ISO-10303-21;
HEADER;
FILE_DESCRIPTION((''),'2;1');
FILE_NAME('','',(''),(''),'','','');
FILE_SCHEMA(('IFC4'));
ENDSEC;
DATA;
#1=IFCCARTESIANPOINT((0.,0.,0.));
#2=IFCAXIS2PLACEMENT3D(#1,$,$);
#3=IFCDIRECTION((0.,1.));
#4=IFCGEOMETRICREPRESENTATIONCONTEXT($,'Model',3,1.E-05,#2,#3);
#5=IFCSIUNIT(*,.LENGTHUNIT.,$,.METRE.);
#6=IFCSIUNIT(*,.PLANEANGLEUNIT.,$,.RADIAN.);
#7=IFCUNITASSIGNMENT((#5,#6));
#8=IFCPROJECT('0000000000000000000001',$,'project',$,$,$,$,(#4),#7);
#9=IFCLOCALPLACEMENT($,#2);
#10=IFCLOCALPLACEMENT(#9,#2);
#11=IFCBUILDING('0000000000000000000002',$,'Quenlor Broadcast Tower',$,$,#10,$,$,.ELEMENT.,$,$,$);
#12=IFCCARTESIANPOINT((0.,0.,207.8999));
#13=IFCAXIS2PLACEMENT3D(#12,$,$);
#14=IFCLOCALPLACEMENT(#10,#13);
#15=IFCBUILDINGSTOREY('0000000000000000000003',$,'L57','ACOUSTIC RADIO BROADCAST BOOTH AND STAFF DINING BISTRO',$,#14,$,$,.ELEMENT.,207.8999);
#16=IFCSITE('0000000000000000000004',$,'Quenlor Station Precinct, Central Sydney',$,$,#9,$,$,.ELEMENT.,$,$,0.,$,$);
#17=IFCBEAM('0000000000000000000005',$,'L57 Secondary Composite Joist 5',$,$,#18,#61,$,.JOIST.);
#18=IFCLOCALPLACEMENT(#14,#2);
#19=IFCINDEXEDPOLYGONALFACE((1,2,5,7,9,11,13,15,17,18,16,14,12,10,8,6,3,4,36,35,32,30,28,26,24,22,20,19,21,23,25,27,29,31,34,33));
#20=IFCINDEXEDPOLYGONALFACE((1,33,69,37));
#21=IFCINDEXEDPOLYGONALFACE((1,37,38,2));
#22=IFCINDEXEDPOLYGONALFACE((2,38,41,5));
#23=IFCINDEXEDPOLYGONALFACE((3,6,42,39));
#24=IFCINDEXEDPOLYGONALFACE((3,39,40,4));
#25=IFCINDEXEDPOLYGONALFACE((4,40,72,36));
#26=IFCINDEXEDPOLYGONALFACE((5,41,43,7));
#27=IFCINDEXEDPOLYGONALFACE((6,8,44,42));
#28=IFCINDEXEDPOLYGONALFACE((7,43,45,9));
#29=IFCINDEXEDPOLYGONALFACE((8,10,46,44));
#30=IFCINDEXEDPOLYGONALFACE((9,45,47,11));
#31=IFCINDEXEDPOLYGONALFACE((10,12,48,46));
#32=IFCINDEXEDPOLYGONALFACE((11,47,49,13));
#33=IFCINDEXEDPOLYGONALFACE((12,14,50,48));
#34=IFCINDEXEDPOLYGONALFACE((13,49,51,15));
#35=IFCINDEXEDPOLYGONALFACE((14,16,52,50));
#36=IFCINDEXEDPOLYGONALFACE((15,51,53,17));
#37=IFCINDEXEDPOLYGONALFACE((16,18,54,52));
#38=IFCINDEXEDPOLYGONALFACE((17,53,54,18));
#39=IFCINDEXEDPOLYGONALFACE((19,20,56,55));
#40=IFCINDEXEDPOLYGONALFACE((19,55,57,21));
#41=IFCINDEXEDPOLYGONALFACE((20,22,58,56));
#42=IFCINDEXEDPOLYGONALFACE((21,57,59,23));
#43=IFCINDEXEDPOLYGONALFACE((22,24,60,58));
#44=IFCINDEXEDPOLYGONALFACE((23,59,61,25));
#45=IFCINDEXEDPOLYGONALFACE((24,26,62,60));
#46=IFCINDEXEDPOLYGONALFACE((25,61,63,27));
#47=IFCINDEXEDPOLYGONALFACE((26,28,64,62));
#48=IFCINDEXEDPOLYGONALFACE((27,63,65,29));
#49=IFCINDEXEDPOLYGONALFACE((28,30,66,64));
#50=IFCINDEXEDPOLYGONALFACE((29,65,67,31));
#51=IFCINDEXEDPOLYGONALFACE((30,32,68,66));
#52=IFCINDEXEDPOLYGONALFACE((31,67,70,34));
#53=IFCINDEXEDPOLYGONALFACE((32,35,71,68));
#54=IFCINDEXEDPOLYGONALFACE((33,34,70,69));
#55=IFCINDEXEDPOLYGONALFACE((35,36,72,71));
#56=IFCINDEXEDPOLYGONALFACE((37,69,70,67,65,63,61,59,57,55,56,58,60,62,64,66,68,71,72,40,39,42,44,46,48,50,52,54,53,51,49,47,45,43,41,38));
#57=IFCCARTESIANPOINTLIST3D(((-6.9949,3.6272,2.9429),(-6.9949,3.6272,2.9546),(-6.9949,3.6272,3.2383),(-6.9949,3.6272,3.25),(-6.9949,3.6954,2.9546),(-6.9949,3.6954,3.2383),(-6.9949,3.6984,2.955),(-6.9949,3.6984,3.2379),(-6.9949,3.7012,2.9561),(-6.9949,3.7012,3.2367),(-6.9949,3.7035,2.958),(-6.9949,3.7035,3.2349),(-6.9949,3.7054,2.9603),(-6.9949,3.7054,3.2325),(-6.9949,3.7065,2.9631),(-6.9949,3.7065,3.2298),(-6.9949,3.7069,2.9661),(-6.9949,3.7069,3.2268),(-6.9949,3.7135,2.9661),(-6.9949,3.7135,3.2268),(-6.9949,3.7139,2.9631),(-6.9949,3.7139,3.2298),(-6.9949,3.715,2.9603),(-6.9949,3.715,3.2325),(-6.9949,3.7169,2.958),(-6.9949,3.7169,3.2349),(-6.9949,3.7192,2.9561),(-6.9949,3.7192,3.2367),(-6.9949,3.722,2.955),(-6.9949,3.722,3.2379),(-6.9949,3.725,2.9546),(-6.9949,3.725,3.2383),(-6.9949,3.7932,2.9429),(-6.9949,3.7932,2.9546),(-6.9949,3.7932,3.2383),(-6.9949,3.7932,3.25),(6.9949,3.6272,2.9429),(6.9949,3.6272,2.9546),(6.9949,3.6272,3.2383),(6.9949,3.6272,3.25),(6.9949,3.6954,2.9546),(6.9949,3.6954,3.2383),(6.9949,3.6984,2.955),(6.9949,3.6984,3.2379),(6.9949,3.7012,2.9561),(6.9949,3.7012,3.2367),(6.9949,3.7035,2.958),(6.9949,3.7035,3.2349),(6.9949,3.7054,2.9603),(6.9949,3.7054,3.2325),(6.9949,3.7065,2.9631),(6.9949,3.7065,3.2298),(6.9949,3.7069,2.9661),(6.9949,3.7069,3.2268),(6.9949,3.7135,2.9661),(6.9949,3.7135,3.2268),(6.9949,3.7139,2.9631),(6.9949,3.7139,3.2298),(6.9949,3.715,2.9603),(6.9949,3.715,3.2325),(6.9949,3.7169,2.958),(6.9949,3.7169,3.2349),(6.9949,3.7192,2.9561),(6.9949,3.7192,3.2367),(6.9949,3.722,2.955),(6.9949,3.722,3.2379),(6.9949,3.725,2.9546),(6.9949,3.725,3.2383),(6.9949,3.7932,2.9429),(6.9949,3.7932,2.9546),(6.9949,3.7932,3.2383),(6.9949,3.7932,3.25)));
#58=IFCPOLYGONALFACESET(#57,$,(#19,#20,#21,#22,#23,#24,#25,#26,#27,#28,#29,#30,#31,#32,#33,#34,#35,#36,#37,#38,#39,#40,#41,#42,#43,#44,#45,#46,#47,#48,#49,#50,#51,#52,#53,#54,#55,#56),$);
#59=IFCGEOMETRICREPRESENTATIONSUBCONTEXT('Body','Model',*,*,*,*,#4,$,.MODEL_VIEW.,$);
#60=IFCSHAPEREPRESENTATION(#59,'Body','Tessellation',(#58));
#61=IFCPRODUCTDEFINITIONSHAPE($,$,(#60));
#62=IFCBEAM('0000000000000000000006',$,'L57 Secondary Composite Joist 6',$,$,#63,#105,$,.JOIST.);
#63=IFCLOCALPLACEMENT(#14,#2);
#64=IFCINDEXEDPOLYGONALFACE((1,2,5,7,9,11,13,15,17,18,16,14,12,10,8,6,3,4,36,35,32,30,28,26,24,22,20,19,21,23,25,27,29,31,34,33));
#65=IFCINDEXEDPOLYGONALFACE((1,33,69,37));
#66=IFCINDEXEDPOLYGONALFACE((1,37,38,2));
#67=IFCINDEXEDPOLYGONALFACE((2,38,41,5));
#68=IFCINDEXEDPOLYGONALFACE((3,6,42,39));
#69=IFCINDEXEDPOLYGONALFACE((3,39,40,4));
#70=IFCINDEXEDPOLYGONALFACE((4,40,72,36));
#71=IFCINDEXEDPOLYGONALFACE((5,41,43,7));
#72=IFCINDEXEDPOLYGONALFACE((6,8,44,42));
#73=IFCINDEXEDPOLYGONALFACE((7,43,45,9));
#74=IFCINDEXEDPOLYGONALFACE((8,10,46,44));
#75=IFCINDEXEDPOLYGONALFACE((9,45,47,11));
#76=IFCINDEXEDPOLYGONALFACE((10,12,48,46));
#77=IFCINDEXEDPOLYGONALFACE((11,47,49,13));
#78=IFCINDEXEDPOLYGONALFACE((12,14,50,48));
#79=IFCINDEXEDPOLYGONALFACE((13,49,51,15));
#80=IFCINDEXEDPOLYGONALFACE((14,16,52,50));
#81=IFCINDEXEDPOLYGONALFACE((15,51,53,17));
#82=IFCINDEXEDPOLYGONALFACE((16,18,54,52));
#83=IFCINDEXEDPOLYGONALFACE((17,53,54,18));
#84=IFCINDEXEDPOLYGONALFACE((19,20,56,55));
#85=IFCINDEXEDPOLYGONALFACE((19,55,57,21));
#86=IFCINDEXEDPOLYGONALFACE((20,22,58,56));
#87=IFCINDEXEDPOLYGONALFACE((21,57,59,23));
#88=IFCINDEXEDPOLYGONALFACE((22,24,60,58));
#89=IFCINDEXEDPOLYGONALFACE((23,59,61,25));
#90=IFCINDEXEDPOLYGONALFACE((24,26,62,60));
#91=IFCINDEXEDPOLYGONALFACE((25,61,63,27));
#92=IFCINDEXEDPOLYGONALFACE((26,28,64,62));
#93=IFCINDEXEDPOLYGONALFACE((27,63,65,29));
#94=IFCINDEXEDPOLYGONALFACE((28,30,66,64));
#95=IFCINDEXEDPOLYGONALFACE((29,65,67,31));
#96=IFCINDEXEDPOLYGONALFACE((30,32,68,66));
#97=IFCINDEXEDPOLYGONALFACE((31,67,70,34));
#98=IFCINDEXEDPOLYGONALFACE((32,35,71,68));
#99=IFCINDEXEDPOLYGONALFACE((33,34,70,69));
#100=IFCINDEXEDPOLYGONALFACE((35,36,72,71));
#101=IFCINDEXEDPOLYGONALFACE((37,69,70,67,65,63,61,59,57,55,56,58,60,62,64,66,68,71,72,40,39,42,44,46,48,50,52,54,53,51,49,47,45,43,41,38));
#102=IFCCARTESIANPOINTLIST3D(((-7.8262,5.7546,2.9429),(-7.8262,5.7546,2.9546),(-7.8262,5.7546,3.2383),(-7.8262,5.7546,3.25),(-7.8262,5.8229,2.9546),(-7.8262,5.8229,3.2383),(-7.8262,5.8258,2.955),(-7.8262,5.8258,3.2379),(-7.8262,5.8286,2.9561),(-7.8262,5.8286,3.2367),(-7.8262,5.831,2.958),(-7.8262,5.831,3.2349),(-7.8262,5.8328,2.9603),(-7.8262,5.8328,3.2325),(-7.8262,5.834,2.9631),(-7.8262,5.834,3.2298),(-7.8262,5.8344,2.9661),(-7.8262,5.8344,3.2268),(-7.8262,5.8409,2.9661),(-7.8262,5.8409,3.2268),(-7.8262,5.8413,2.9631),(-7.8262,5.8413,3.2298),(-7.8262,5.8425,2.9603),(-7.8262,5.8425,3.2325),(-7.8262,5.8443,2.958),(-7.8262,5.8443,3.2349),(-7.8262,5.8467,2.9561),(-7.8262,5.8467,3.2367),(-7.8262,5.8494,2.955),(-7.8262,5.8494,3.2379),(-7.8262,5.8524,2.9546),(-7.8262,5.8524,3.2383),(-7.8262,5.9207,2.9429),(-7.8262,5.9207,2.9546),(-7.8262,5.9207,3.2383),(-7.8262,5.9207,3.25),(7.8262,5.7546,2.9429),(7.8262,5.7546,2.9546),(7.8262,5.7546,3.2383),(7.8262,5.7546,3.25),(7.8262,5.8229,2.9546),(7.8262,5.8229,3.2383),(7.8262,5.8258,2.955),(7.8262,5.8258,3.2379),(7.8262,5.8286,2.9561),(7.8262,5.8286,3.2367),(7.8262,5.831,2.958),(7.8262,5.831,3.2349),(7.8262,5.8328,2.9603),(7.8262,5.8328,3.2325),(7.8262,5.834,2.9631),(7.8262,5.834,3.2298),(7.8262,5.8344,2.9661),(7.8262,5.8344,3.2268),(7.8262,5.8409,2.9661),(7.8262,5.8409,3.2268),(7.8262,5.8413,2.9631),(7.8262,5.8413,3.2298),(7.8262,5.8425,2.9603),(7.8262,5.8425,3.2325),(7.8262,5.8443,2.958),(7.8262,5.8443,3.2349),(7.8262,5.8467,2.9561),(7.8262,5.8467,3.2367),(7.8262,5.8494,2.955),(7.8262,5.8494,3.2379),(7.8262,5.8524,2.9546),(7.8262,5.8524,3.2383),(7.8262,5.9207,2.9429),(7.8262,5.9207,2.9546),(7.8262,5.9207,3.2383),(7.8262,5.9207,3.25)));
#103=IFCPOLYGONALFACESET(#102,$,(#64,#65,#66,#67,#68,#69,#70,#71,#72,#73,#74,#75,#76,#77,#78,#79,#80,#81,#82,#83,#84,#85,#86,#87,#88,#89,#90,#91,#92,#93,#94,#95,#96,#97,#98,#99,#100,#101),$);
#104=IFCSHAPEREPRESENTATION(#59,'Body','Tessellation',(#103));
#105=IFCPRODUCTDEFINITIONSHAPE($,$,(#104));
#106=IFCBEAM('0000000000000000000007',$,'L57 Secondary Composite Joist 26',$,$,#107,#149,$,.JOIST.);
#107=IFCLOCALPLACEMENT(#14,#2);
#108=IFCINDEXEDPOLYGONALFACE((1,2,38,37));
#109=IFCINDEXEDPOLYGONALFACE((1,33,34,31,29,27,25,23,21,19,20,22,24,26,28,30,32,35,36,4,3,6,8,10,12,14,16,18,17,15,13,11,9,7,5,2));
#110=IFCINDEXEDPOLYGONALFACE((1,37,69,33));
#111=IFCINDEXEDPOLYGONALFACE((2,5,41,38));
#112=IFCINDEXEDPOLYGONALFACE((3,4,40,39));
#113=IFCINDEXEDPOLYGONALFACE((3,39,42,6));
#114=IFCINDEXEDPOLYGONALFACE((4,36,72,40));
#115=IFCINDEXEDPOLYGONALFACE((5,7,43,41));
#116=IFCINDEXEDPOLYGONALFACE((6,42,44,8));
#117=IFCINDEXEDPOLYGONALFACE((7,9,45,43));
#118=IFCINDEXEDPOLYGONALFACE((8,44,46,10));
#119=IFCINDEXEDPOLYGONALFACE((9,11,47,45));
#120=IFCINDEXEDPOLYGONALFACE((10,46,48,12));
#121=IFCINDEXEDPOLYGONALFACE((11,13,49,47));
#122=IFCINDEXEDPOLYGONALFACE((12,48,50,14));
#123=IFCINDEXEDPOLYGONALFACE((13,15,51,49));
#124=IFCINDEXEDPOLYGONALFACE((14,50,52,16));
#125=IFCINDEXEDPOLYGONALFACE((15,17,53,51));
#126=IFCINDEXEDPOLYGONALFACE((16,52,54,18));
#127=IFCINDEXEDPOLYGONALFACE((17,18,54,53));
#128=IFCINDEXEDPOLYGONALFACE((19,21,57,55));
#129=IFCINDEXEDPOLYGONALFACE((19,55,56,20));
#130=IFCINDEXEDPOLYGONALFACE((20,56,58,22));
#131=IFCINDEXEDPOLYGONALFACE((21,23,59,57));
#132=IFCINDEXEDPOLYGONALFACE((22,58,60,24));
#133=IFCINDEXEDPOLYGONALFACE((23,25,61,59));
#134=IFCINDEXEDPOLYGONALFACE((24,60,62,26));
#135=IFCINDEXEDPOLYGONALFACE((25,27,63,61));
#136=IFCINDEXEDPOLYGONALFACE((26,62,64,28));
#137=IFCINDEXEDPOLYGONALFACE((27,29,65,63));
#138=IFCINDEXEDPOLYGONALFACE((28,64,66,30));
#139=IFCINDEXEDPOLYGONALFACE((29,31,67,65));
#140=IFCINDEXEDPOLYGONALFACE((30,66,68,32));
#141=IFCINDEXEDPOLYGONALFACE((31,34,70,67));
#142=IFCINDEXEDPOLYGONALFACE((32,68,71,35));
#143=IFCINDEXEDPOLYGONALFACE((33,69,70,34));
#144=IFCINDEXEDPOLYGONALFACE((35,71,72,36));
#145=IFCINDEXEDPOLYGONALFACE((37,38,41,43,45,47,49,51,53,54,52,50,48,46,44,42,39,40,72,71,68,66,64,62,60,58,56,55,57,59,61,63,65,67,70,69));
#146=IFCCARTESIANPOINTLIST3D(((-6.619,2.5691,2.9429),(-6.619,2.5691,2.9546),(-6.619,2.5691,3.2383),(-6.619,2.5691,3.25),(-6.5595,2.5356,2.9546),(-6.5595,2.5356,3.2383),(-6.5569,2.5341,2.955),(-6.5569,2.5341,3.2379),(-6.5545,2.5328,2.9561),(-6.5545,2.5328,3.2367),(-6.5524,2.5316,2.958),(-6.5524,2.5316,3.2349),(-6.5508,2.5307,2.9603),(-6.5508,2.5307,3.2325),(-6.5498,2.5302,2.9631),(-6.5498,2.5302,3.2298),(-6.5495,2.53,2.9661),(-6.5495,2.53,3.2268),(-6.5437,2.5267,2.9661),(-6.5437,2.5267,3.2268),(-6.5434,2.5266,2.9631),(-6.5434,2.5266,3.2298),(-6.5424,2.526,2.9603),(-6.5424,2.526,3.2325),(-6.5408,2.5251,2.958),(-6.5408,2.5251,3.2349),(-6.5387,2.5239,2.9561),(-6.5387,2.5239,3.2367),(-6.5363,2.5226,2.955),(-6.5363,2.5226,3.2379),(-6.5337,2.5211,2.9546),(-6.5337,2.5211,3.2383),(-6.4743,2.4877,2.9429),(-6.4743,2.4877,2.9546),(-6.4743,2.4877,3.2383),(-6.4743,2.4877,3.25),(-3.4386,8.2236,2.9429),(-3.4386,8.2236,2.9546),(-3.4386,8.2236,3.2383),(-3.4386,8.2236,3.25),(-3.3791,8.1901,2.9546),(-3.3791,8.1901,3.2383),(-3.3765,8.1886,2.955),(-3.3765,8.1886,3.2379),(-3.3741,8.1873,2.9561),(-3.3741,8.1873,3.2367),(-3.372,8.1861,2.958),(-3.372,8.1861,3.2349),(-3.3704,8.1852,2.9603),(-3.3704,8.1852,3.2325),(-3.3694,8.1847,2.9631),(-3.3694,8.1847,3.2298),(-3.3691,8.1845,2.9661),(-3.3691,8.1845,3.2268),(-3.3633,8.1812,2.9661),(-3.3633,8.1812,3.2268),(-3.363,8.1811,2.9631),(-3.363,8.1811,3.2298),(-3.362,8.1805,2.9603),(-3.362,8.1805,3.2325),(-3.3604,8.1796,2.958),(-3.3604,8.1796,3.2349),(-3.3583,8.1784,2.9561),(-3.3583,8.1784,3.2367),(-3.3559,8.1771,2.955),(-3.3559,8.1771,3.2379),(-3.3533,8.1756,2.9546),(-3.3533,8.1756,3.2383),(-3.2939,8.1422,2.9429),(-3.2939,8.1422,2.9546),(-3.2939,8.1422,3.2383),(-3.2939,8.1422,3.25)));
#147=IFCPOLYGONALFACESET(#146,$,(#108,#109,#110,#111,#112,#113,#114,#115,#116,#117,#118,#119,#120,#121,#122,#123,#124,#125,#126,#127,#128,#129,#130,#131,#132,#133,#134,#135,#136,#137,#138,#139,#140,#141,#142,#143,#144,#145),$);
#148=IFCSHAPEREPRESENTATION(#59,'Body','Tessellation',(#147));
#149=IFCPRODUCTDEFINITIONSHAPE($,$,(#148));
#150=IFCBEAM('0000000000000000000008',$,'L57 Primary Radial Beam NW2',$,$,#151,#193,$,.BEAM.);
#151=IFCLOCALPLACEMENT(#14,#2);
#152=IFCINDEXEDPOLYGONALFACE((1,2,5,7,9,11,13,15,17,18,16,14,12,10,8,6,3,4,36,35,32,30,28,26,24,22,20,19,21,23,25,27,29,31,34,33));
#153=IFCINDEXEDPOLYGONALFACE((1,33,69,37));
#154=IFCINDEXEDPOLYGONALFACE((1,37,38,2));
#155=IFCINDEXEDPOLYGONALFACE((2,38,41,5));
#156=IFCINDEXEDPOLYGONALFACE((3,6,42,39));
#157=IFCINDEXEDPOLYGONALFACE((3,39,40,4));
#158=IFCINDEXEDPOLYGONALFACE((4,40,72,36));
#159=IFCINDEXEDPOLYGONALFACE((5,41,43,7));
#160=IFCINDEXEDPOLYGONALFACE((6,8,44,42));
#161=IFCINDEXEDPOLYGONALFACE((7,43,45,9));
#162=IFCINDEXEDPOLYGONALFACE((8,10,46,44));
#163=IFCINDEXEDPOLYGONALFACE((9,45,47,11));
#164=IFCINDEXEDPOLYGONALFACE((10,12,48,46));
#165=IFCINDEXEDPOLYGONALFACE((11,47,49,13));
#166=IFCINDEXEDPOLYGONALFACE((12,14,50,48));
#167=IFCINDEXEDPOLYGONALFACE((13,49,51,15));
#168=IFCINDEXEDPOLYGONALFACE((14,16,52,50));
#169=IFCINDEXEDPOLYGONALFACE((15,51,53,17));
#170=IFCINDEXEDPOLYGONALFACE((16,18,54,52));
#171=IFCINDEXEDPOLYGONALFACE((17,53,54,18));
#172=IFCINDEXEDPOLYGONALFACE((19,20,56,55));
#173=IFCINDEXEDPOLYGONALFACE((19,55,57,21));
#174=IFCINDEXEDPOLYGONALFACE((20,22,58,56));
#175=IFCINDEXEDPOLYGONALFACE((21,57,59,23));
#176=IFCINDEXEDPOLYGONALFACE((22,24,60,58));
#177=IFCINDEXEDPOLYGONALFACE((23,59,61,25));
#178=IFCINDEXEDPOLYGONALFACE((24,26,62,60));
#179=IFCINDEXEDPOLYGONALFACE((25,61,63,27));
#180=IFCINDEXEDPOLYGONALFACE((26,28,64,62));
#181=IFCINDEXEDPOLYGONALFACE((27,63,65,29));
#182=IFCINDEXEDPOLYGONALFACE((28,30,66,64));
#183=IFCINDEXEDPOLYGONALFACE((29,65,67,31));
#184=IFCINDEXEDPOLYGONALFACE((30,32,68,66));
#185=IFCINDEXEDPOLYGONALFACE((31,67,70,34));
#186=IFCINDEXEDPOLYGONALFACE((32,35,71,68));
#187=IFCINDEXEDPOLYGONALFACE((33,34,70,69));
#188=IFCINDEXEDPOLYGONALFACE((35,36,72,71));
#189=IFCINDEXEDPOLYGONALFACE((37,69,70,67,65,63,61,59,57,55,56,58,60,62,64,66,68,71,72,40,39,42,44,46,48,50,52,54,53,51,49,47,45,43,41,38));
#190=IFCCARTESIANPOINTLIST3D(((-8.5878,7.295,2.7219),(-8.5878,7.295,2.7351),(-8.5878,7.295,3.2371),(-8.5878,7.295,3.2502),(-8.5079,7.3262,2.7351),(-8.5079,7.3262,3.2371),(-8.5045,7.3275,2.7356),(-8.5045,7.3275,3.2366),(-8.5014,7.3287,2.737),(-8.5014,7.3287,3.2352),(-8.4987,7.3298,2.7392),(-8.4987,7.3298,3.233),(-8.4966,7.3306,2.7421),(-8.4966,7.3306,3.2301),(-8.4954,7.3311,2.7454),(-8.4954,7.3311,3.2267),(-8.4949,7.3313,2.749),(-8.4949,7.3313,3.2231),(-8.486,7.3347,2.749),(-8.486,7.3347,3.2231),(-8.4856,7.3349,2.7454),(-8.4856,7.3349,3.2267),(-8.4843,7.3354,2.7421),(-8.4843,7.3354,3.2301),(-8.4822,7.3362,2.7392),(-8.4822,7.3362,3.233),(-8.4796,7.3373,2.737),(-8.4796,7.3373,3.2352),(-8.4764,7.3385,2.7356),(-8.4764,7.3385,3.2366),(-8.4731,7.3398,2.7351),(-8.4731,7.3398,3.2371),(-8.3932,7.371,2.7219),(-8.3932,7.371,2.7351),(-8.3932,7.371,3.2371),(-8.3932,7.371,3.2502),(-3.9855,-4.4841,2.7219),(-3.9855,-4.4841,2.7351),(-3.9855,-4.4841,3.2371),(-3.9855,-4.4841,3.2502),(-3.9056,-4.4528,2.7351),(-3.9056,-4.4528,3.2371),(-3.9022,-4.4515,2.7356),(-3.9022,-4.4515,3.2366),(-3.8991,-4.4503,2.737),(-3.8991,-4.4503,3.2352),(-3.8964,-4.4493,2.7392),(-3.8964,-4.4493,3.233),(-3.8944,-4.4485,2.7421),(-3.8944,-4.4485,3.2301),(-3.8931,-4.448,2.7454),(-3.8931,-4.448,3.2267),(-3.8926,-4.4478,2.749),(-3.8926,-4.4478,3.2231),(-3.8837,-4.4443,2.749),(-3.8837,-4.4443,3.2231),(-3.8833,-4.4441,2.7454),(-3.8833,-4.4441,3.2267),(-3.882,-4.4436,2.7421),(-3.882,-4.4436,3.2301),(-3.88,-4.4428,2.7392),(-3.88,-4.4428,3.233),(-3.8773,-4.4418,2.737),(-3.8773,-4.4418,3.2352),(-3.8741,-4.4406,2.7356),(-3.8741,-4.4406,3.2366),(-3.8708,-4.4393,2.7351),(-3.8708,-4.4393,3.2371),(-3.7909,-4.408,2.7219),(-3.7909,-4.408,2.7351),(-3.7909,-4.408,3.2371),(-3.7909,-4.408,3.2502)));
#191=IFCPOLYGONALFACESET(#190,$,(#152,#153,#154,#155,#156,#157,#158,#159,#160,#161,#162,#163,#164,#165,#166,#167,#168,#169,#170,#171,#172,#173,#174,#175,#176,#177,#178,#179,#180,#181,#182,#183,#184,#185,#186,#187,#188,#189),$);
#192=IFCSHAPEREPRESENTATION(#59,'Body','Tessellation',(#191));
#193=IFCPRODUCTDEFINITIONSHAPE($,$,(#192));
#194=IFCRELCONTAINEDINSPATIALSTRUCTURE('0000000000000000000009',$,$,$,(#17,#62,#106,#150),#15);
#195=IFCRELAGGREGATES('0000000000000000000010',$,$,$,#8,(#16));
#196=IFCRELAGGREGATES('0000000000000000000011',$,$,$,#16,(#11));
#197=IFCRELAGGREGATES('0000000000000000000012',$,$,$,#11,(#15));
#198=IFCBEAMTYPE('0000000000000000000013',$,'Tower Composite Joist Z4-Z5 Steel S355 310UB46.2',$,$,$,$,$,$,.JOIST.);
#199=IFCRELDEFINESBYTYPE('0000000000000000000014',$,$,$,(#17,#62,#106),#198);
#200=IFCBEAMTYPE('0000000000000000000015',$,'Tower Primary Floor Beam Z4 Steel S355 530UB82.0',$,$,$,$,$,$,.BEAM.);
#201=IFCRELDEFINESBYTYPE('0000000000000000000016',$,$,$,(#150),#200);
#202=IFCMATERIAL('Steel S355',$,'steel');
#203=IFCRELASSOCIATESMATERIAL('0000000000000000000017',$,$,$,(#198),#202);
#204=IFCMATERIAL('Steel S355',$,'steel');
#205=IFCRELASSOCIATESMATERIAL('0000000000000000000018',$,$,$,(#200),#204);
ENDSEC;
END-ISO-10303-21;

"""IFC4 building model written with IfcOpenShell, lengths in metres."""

from ifc_helpers import new_model, si_unit, direction, frame, origin, origin_2d, place, context, subcontext, project, spatial, i_section, extrude, material, material_profile, profile_set, type_object, element, save


model = new_model("IFC4")

# Units and contexts
model_context = context("Model", 3, precision=1e-05, world=origin(), true_north=direction((0.0, 1.0)))
body_context = subcontext(model_context, "Body", "Model", "MODEL_VIEW")
ifc_project = project(units=[si_unit("LENGTHUNIT", "METRE"), si_unit("PLANEANGLEUNIT", "RADIAN")], contexts=[model_context])

# Site, building, storey
site_placement = place(None, origin())
site = spatial("IfcSite", under=ifc_project, at=site_placement, Name="Quenlor Station Precinct, Central Sydney", CompositionType="ELEMENT", RefElevation=0.0)
building_placement = place(site_placement, origin())
building = spatial("IfcBuilding", under=site, at=building_placement, Name="Quenlor Broadcast Tower", CompositionType="ELEMENT")
storey_placement = place(building_placement, frame((0.0, 0.0, 207.8999)))
storey = spatial("IfcBuildingStorey", under=building, at=storey_placement, Name="L57", Description="ACOUSTIC RADIO BROADCAST BOOTH AND STAFF DINING BISTRO", CompositionType="ELEMENT", Elevation=207.8999)

# Beams
ifc_material_1 = material(Name="Steel S355", Category="steel")
ifc_material_profile_1 = material_profile(ifc_material_1, i_section(OverallWidth=0.166, OverallDepth=0.3071, WebThickness=0.0066, FlangeThickness=0.0117, FilletRadius=0.0115, at=origin_2d()))
ifc_profile_set_1 = profile_set([ifc_material_profile_1], Name="Steel S355 310UB46.2")
beam_type_1 = type_object("IfcBeamType", Name="Tower Composite Joist Z4-Z5 Steel S355 310UB46.2", PredefinedType="JOIST", material=ifc_profile_set_1)
beam_1_placement = place(storey_placement, frame((-6.9949, 3.7102, 3.0964), z_axis=(1.0, 0.0, 0.0), x_axis=(0.0, 1.0, 0.0)))
element("IfcBeam", 1, at=beam_1_placement, inside=storey, type_object=beam_type_1, Name="L57 Secondary Composite Joist 5", PredefinedType="JOIST", context=body_context, shape_type="SweptSolid", body=[
    extrude(i_section(OverallWidth=0.166, OverallDepth=0.3071, WebThickness=0.0066, FlangeThickness=0.0117, FilletRadius=0.0115, at=origin_2d()), origin(), (0.0, 0.0, 1.0), 13.9897),
])
beam_2_placement = place(storey_placement, frame((-7.8262, 5.8376, 3.0964), z_axis=(1.0, 0.0, 0.0), x_axis=(0.0, 1.0, 0.0)))
element("IfcBeam", 2, at=beam_2_placement, inside=storey, type_object=beam_type_1, Name="L57 Secondary Composite Joist 6", PredefinedType="JOIST", context=body_context, shape_type="SweptSolid", body=[
    extrude(i_section(OverallWidth=0.166, OverallDepth=0.3071, WebThickness=0.0066, FlangeThickness=0.0117, FilletRadius=0.0115, at=origin_2d()), origin(), (0.0, 0.0, 1.0), 15.6523),
])
beam_3_placement = place(storey_placement, frame((-3.3662, 8.1829, 3.0964), z_axis=(-0.490231, -0.871593, 0.0), x_axis=(0.871593, -0.490231, 0.0)))
element("IfcBeam", 3, at=beam_3_placement, inside=storey, type_object=beam_type_1, Name="L57 Secondary Composite Joist 26", PredefinedType="JOIST", context=body_context, shape_type="SweptSolid", body=[
    extrude(i_section(OverallWidth=0.166, OverallDepth=0.3071, WebThickness=0.0066, FlangeThickness=0.0117, FilletRadius=0.0115, at=origin_2d()), origin(), (0.0, 0.0, 1.0), 6.4875),
])
ifc_material_2 = material(Name="Steel S355", Category="steel")
ifc_material_profile_2 = material_profile(ifc_material_2, i_section(OverallWidth=0.209, OverallDepth=0.5283, WebThickness=0.0095, FlangeThickness=0.0132, FilletRadius=0.0139, at=origin_2d()))
ifc_profile_set_2 = profile_set([ifc_material_profile_2], Name="Steel S355 530UB82.0")
beam_type_2 = type_object("IfcBeamType", Name="Tower Primary Floor Beam Z4 Steel S355 530UB82.0", PredefinedType="BEAM", material=ifc_profile_set_2)
beam_4_placement = place(storey_placement, frame((-8.4905, 7.333, 2.9861), z_axis=(0.363926, -0.931428, 0.0), x_axis=(0.931428, 0.363926, 0.0)))
element("IfcBeam", 4, at=beam_4_placement, inside=storey, type_object=beam_type_2, Name="L57 Primary Radial Beam NW2", PredefinedType="BEAM", context=body_context, shape_type="SweptSolid", body=[
    extrude(i_section(OverallWidth=0.209, OverallDepth=0.5283, WebThickness=0.0095, FlangeThickness=0.0132, FilletRadius=0.0139, at=origin_2d()), origin(), (0.0, 0.0, 1.0), 12.6462),
])

save(model, "model.ifc")
